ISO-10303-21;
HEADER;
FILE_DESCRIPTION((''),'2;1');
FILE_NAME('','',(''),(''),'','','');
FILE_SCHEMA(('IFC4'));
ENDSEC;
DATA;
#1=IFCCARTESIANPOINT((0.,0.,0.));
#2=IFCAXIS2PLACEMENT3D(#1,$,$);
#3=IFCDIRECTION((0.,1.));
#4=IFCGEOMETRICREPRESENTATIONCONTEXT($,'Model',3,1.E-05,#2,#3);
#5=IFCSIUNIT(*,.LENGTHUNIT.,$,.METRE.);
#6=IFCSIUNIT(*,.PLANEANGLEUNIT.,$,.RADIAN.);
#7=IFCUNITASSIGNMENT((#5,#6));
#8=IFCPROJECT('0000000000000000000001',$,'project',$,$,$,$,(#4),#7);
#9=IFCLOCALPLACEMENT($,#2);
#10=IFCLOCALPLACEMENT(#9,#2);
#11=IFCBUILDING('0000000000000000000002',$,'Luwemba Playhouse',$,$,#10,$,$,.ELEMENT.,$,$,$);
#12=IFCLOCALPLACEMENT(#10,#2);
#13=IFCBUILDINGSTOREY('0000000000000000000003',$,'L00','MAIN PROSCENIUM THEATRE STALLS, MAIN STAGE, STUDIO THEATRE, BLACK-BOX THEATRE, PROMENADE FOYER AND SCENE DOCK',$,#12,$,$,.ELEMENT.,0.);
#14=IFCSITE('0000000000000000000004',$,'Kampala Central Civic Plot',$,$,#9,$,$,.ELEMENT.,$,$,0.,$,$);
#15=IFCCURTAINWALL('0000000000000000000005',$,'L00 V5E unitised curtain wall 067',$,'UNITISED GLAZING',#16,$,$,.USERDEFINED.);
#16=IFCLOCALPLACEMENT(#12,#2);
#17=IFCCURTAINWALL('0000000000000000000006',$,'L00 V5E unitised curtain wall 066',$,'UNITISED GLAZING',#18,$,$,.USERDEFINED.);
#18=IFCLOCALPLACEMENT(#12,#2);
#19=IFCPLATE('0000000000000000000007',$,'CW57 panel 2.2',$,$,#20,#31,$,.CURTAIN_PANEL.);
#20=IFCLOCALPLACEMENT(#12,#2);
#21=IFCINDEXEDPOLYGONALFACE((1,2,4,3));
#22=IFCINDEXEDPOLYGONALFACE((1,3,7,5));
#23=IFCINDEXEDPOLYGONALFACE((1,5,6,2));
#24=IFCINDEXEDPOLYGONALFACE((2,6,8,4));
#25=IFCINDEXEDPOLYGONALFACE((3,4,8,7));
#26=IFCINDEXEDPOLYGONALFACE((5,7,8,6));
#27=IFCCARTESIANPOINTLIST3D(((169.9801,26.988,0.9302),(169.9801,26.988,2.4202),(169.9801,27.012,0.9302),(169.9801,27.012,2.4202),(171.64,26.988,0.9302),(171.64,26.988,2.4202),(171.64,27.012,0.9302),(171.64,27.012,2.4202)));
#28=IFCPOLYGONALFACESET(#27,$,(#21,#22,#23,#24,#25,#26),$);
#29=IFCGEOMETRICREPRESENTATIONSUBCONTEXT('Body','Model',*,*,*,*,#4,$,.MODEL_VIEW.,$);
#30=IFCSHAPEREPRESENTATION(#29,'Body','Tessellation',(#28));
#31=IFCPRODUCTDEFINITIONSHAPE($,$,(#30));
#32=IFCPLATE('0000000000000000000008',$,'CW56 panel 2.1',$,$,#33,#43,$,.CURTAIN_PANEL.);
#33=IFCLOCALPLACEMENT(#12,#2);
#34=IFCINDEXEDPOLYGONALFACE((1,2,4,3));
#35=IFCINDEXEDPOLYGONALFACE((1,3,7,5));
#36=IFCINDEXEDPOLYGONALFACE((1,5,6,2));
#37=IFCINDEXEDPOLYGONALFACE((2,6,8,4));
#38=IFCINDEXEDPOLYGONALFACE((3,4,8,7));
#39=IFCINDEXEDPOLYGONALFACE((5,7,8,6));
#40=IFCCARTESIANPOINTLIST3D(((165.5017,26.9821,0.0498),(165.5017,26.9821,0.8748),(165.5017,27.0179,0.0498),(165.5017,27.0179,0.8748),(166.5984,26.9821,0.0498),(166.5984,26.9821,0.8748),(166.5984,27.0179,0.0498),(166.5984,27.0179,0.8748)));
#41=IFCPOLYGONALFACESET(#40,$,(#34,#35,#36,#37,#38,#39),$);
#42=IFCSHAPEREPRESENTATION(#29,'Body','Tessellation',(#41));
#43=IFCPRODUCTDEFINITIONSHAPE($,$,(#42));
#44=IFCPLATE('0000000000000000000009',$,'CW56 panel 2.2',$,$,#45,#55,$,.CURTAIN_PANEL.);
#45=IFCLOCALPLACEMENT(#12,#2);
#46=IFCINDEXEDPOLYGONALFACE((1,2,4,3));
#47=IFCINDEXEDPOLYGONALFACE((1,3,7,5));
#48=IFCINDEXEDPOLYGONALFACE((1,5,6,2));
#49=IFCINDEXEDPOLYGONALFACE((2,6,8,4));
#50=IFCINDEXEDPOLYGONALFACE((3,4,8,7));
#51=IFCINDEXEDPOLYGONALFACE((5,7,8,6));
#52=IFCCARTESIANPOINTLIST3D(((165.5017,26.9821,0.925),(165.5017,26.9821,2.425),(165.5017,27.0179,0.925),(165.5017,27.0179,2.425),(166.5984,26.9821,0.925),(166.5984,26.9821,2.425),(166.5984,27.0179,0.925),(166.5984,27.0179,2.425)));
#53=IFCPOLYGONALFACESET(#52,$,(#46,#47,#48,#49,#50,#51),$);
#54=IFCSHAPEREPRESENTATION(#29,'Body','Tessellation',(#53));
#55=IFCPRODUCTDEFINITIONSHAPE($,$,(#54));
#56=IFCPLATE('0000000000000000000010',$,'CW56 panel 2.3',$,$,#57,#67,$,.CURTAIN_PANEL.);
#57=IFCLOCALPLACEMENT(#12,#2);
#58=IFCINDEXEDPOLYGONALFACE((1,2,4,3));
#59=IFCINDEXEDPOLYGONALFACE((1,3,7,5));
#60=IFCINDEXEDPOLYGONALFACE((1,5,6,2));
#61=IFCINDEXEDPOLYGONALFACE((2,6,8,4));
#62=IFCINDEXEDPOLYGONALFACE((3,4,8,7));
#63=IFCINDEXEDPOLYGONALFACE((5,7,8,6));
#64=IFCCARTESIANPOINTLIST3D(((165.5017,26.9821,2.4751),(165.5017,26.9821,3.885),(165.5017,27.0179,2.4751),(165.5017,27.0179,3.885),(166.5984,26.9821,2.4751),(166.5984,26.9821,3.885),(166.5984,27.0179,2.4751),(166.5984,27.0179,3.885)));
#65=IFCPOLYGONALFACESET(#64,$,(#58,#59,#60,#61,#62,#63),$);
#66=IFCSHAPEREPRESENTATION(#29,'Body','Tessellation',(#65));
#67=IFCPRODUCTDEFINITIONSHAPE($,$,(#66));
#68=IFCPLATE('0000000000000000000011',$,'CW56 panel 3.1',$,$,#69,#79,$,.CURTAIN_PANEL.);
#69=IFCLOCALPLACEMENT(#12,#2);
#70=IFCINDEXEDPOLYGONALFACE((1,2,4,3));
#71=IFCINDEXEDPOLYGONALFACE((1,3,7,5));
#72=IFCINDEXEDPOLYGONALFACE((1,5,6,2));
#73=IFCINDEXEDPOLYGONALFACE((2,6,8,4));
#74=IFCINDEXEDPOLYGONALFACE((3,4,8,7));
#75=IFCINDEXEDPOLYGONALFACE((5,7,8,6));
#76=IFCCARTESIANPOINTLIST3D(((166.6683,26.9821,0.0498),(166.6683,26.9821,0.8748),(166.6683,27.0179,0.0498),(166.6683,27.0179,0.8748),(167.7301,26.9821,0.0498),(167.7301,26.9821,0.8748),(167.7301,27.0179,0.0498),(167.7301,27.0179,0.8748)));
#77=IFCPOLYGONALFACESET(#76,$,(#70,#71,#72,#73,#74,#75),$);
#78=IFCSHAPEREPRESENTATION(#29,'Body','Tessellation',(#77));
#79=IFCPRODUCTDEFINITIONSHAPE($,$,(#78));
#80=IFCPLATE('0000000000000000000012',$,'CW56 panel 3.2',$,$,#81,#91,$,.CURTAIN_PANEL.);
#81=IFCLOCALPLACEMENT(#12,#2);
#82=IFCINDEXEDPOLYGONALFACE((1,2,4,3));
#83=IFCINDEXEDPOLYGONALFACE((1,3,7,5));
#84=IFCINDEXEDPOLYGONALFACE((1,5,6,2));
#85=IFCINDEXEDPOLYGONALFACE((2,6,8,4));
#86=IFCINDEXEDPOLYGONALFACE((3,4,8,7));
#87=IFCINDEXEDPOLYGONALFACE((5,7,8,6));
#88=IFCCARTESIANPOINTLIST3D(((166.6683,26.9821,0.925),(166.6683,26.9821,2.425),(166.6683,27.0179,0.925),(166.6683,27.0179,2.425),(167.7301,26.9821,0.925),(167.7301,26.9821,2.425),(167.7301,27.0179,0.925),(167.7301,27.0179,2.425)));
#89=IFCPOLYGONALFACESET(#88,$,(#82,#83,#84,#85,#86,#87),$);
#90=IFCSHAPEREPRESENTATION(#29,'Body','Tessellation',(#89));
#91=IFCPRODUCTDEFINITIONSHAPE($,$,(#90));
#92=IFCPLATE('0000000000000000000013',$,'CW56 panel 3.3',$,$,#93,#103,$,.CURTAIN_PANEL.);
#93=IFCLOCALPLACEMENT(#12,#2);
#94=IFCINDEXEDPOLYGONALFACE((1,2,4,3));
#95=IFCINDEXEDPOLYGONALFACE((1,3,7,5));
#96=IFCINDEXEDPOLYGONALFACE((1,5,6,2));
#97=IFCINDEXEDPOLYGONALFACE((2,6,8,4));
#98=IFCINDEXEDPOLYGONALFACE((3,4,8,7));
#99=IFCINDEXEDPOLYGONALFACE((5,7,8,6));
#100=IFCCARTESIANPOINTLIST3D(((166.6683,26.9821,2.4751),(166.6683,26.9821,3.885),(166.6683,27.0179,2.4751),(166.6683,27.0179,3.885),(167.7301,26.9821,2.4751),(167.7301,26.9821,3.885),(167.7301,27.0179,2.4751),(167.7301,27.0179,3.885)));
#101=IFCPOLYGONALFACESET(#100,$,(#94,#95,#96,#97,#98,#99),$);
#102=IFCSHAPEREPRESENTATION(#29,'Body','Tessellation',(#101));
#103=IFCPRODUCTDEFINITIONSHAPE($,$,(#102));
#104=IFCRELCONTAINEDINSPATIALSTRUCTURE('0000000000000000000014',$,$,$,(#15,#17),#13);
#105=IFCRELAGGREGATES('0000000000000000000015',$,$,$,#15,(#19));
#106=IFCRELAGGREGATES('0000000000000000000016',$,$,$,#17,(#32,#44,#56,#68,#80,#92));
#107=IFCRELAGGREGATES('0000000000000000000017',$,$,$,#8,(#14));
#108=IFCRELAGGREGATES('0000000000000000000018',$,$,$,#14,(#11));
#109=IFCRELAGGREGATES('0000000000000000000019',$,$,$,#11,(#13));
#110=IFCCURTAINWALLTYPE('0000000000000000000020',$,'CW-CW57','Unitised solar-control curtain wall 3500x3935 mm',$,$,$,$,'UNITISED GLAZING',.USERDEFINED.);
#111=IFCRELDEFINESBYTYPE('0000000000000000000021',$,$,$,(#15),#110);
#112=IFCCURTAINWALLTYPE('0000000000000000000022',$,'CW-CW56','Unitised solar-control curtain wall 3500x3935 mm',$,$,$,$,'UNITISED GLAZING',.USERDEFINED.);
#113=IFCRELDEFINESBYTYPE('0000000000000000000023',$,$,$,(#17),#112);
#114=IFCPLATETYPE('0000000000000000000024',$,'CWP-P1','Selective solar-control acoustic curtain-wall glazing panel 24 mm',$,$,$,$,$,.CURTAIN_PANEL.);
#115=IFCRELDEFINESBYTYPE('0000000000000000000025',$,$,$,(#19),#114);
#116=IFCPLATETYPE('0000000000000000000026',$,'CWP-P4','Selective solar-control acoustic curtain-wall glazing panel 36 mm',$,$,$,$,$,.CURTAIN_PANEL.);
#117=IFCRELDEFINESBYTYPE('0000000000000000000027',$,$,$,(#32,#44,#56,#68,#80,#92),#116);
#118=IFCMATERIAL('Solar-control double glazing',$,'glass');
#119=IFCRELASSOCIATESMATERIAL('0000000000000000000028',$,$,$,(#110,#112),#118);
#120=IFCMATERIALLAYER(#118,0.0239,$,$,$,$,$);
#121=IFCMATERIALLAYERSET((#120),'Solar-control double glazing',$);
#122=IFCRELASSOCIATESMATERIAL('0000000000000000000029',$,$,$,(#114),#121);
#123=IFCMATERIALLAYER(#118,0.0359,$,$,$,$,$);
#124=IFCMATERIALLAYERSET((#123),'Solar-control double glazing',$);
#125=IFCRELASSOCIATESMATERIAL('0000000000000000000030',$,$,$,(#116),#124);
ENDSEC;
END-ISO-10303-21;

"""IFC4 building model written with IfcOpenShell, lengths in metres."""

from ifc_helpers import new_model, si_unit, direction, frame, origin, origin_2d, place, context, subcontext, project, spatial, rectangle, extrude, material, layer, layer_set, type_object, element, aggregate, save


model = new_model("IFC4")

# Units and contexts
model_context = context("Model", 3, precision=1e-05, world=origin(), true_north=direction((0.0, 1.0)))
body_context = subcontext(model_context, "Body", "Model", "MODEL_VIEW")
ifc_project = project(units=[si_unit("LENGTHUNIT", "METRE"), si_unit("PLANEANGLEUNIT", "RADIAN")], contexts=[model_context])

# Site, building, storey
site_placement = place(None, origin())
site = spatial("IfcSite", under=ifc_project, at=site_placement, Name="Kampala Central Civic Plot", CompositionType="ELEMENT", RefElevation=0.0)
building_placement = place(site_placement, origin())
building = spatial("IfcBuilding", under=site, at=building_placement, Name="Luwemba Playhouse", CompositionType="ELEMENT")
storey_placement = place(building_placement, origin())
storey = spatial("IfcBuildingStorey", under=building, at=storey_placement, Name="L00", Description="MAIN PROSCENIUM THEATRE STALLS, MAIN STAGE, STUDIO THEATRE, BLACK-BOX THEATRE, PROMENADE FOYER AND SCENE DOCK", CompositionType="ELEMENT", Elevation=0.0)

# Curtain walls
ifc_material_1 = material(Name="Solar-control double glazing", Category="glass")
curtain_wall_type_1 = type_object("IfcCurtainWallType", Name="CW-CW57", Description="Unitised solar-control curtain wall 3500x3935 mm", ElementType="UNITISED GLAZING", PredefinedType="USERDEFINED", material=ifc_material_1)
curtain_wall_1_placement = place(storey_placement, origin())
curtain_wall_1 = element("IfcCurtainWall", 1, at=curtain_wall_1_placement, inside=storey, type_object=curtain_wall_type_1, Name="L00 V5E unitised curtain wall 067", ObjectType="UNITISED GLAZING", PredefinedType="USERDEFINED")
curtain_wall_type_2 = type_object("IfcCurtainWallType", Name="CW-CW56", Description="Unitised solar-control curtain wall 3500x3935 mm", ElementType="UNITISED GLAZING", PredefinedType="USERDEFINED", material=ifc_material_1)
curtain_wall_2_placement = place(storey_placement, origin())
curtain_wall_2 = element("IfcCurtainWall", 2, at=curtain_wall_2_placement, inside=storey, type_object=curtain_wall_type_2, Name="L00 V5E unitised curtain wall 066", ObjectType="UNITISED GLAZING", PredefinedType="USERDEFINED")

# Plates
ifc_layer_1 = layer(ifc_material_1, 0.0239)
ifc_layer_set_1 = layer_set([ifc_layer_1], Name="Solar-control double glazing")
plate_type_1 = type_object("IfcPlateType", Name="CWP-P1", Description="Selective solar-control acoustic curtain-wall glazing panel 24 mm", PredefinedType="CURTAIN_PANEL", material=ifc_layer_set_1)
plate_1_placement = place(storey_placement, frame((170.8101, 27.0, 0.9302), z_axis=(0.0, 0.0, 1.0), x_axis=(1.0, 0.0, 0.0)))
plate_1 = element("IfcPlate", 3, at=plate_1_placement, type_object=plate_type_1, Name="CW57 panel 2.2", PredefinedType="CURTAIN_PANEL", context=body_context, shape_type="SweptSolid", body=[
    extrude(rectangle(XDim=1.6599, YDim=0.0239, at=origin_2d()), origin(), (0.0, 0.0, 1.0), 1.49),
])
aggregate(curtain_wall_1, [plate_1])
ifc_layer_2 = layer(ifc_material_1, 0.0359)
ifc_layer_set_2 = layer_set([ifc_layer_2], Name="Solar-control double glazing")
plate_type_2 = type_object("IfcPlateType", Name="CWP-P4", Description="Selective solar-control acoustic curtain-wall glazing panel 36 mm", PredefinedType="CURTAIN_PANEL", material=ifc_layer_set_2)
plate_2_placement = place(storey_placement, frame((166.05, 27.0, 0.0498), z_axis=(0.0, 0.0, 1.0), x_axis=(1.0, 0.0, 0.0)))
plate_2 = element("IfcPlate", 4, at=plate_2_placement, type_object=plate_type_2, Name="CW56 panel 2.1", PredefinedType="CURTAIN_PANEL", context=body_context, shape_type="SweptSolid", body=[
    extrude(rectangle(XDim=1.0967, YDim=0.0359, at=origin_2d()), origin(), (0.0, 0.0, 1.0), 0.825),
])
plate_3_placement = place(storey_placement, frame((166.05, 27.0, 0.925), z_axis=(0.0, 0.0, 1.0), x_axis=(1.0, 0.0, 0.0)))
plate_3 = element("IfcPlate", 5, at=plate_3_placement, type_object=plate_type_2, Name="CW56 panel 2.2", PredefinedType="CURTAIN_PANEL", context=body_context, shape_type="SweptSolid", body=[
    extrude(rectangle(XDim=1.0967, YDim=0.0359, at=origin_2d()), origin(), (0.0, 0.0, 1.0), 1.5),
])
plate_4_placement = place(storey_placement, frame((166.05, 27.0, 2.4751), z_axis=(0.0, 0.0, 1.0), x_axis=(1.0, 0.0, 0.0)))
plate_4 = element("IfcPlate", 6, at=plate_4_placement, type_object=plate_type_2, Name="CW56 panel 2.3", PredefinedType="CURTAIN_PANEL", context=body_context, shape_type="SweptSolid", body=[
    extrude(rectangle(XDim=1.0967, YDim=0.0359, at=origin_2d()), origin(), (0.0, 0.0, 1.0), 1.4099),
])
plate_5_placement = place(storey_placement, frame((167.1992, 27.0, 0.0498), z_axis=(0.0, 0.0, 1.0), x_axis=(1.0, 0.0, 0.0)))
plate_5 = element("IfcPlate", 7, at=plate_5_placement, type_object=plate_type_2, Name="CW56 panel 3.1", PredefinedType="CURTAIN_PANEL", context=body_context, shape_type="SweptSolid", body=[
    extrude(rectangle(XDim=1.0618, YDim=0.0359, at=origin_2d()), origin(), (0.0, 0.0, 1.0), 0.825),
])
plate_6_placement = place(storey_placement, frame((167.1992, 27.0, 0.925), z_axis=(0.0, 0.0, 1.0), x_axis=(1.0, 0.0, 0.0)))
plate_6 = element("IfcPlate", 8, at=plate_6_placement, type_object=plate_type_2, Name="CW56 panel 3.2", PredefinedType="CURTAIN_PANEL", context=body_context, shape_type="SweptSolid", body=[
    extrude(rectangle(XDim=1.0618, YDim=0.0359, at=origin_2d()), origin(), (0.0, 0.0, 1.0), 1.5),
])
plate_7_placement = place(storey_placement, frame((167.1992, 27.0, 2.4751), z_axis=(0.0, 0.0, 1.0), x_axis=(1.0, 0.0, 0.0)))
plate_7 = element("IfcPlate", 9, at=plate_7_placement, type_object=plate_type_2, Name="CW56 panel 3.3", PredefinedType="CURTAIN_PANEL", context=body_context, shape_type="SweptSolid", body=[
    extrude(rectangle(XDim=1.0618, YDim=0.0359, at=origin_2d()), origin(), (0.0, 0.0, 1.0), 1.4099),
])
aggregate(curtain_wall_2, [plate_2, plate_3, plate_4, plate_5, plate_6, plate_7])

save(model, "model.ifc")
